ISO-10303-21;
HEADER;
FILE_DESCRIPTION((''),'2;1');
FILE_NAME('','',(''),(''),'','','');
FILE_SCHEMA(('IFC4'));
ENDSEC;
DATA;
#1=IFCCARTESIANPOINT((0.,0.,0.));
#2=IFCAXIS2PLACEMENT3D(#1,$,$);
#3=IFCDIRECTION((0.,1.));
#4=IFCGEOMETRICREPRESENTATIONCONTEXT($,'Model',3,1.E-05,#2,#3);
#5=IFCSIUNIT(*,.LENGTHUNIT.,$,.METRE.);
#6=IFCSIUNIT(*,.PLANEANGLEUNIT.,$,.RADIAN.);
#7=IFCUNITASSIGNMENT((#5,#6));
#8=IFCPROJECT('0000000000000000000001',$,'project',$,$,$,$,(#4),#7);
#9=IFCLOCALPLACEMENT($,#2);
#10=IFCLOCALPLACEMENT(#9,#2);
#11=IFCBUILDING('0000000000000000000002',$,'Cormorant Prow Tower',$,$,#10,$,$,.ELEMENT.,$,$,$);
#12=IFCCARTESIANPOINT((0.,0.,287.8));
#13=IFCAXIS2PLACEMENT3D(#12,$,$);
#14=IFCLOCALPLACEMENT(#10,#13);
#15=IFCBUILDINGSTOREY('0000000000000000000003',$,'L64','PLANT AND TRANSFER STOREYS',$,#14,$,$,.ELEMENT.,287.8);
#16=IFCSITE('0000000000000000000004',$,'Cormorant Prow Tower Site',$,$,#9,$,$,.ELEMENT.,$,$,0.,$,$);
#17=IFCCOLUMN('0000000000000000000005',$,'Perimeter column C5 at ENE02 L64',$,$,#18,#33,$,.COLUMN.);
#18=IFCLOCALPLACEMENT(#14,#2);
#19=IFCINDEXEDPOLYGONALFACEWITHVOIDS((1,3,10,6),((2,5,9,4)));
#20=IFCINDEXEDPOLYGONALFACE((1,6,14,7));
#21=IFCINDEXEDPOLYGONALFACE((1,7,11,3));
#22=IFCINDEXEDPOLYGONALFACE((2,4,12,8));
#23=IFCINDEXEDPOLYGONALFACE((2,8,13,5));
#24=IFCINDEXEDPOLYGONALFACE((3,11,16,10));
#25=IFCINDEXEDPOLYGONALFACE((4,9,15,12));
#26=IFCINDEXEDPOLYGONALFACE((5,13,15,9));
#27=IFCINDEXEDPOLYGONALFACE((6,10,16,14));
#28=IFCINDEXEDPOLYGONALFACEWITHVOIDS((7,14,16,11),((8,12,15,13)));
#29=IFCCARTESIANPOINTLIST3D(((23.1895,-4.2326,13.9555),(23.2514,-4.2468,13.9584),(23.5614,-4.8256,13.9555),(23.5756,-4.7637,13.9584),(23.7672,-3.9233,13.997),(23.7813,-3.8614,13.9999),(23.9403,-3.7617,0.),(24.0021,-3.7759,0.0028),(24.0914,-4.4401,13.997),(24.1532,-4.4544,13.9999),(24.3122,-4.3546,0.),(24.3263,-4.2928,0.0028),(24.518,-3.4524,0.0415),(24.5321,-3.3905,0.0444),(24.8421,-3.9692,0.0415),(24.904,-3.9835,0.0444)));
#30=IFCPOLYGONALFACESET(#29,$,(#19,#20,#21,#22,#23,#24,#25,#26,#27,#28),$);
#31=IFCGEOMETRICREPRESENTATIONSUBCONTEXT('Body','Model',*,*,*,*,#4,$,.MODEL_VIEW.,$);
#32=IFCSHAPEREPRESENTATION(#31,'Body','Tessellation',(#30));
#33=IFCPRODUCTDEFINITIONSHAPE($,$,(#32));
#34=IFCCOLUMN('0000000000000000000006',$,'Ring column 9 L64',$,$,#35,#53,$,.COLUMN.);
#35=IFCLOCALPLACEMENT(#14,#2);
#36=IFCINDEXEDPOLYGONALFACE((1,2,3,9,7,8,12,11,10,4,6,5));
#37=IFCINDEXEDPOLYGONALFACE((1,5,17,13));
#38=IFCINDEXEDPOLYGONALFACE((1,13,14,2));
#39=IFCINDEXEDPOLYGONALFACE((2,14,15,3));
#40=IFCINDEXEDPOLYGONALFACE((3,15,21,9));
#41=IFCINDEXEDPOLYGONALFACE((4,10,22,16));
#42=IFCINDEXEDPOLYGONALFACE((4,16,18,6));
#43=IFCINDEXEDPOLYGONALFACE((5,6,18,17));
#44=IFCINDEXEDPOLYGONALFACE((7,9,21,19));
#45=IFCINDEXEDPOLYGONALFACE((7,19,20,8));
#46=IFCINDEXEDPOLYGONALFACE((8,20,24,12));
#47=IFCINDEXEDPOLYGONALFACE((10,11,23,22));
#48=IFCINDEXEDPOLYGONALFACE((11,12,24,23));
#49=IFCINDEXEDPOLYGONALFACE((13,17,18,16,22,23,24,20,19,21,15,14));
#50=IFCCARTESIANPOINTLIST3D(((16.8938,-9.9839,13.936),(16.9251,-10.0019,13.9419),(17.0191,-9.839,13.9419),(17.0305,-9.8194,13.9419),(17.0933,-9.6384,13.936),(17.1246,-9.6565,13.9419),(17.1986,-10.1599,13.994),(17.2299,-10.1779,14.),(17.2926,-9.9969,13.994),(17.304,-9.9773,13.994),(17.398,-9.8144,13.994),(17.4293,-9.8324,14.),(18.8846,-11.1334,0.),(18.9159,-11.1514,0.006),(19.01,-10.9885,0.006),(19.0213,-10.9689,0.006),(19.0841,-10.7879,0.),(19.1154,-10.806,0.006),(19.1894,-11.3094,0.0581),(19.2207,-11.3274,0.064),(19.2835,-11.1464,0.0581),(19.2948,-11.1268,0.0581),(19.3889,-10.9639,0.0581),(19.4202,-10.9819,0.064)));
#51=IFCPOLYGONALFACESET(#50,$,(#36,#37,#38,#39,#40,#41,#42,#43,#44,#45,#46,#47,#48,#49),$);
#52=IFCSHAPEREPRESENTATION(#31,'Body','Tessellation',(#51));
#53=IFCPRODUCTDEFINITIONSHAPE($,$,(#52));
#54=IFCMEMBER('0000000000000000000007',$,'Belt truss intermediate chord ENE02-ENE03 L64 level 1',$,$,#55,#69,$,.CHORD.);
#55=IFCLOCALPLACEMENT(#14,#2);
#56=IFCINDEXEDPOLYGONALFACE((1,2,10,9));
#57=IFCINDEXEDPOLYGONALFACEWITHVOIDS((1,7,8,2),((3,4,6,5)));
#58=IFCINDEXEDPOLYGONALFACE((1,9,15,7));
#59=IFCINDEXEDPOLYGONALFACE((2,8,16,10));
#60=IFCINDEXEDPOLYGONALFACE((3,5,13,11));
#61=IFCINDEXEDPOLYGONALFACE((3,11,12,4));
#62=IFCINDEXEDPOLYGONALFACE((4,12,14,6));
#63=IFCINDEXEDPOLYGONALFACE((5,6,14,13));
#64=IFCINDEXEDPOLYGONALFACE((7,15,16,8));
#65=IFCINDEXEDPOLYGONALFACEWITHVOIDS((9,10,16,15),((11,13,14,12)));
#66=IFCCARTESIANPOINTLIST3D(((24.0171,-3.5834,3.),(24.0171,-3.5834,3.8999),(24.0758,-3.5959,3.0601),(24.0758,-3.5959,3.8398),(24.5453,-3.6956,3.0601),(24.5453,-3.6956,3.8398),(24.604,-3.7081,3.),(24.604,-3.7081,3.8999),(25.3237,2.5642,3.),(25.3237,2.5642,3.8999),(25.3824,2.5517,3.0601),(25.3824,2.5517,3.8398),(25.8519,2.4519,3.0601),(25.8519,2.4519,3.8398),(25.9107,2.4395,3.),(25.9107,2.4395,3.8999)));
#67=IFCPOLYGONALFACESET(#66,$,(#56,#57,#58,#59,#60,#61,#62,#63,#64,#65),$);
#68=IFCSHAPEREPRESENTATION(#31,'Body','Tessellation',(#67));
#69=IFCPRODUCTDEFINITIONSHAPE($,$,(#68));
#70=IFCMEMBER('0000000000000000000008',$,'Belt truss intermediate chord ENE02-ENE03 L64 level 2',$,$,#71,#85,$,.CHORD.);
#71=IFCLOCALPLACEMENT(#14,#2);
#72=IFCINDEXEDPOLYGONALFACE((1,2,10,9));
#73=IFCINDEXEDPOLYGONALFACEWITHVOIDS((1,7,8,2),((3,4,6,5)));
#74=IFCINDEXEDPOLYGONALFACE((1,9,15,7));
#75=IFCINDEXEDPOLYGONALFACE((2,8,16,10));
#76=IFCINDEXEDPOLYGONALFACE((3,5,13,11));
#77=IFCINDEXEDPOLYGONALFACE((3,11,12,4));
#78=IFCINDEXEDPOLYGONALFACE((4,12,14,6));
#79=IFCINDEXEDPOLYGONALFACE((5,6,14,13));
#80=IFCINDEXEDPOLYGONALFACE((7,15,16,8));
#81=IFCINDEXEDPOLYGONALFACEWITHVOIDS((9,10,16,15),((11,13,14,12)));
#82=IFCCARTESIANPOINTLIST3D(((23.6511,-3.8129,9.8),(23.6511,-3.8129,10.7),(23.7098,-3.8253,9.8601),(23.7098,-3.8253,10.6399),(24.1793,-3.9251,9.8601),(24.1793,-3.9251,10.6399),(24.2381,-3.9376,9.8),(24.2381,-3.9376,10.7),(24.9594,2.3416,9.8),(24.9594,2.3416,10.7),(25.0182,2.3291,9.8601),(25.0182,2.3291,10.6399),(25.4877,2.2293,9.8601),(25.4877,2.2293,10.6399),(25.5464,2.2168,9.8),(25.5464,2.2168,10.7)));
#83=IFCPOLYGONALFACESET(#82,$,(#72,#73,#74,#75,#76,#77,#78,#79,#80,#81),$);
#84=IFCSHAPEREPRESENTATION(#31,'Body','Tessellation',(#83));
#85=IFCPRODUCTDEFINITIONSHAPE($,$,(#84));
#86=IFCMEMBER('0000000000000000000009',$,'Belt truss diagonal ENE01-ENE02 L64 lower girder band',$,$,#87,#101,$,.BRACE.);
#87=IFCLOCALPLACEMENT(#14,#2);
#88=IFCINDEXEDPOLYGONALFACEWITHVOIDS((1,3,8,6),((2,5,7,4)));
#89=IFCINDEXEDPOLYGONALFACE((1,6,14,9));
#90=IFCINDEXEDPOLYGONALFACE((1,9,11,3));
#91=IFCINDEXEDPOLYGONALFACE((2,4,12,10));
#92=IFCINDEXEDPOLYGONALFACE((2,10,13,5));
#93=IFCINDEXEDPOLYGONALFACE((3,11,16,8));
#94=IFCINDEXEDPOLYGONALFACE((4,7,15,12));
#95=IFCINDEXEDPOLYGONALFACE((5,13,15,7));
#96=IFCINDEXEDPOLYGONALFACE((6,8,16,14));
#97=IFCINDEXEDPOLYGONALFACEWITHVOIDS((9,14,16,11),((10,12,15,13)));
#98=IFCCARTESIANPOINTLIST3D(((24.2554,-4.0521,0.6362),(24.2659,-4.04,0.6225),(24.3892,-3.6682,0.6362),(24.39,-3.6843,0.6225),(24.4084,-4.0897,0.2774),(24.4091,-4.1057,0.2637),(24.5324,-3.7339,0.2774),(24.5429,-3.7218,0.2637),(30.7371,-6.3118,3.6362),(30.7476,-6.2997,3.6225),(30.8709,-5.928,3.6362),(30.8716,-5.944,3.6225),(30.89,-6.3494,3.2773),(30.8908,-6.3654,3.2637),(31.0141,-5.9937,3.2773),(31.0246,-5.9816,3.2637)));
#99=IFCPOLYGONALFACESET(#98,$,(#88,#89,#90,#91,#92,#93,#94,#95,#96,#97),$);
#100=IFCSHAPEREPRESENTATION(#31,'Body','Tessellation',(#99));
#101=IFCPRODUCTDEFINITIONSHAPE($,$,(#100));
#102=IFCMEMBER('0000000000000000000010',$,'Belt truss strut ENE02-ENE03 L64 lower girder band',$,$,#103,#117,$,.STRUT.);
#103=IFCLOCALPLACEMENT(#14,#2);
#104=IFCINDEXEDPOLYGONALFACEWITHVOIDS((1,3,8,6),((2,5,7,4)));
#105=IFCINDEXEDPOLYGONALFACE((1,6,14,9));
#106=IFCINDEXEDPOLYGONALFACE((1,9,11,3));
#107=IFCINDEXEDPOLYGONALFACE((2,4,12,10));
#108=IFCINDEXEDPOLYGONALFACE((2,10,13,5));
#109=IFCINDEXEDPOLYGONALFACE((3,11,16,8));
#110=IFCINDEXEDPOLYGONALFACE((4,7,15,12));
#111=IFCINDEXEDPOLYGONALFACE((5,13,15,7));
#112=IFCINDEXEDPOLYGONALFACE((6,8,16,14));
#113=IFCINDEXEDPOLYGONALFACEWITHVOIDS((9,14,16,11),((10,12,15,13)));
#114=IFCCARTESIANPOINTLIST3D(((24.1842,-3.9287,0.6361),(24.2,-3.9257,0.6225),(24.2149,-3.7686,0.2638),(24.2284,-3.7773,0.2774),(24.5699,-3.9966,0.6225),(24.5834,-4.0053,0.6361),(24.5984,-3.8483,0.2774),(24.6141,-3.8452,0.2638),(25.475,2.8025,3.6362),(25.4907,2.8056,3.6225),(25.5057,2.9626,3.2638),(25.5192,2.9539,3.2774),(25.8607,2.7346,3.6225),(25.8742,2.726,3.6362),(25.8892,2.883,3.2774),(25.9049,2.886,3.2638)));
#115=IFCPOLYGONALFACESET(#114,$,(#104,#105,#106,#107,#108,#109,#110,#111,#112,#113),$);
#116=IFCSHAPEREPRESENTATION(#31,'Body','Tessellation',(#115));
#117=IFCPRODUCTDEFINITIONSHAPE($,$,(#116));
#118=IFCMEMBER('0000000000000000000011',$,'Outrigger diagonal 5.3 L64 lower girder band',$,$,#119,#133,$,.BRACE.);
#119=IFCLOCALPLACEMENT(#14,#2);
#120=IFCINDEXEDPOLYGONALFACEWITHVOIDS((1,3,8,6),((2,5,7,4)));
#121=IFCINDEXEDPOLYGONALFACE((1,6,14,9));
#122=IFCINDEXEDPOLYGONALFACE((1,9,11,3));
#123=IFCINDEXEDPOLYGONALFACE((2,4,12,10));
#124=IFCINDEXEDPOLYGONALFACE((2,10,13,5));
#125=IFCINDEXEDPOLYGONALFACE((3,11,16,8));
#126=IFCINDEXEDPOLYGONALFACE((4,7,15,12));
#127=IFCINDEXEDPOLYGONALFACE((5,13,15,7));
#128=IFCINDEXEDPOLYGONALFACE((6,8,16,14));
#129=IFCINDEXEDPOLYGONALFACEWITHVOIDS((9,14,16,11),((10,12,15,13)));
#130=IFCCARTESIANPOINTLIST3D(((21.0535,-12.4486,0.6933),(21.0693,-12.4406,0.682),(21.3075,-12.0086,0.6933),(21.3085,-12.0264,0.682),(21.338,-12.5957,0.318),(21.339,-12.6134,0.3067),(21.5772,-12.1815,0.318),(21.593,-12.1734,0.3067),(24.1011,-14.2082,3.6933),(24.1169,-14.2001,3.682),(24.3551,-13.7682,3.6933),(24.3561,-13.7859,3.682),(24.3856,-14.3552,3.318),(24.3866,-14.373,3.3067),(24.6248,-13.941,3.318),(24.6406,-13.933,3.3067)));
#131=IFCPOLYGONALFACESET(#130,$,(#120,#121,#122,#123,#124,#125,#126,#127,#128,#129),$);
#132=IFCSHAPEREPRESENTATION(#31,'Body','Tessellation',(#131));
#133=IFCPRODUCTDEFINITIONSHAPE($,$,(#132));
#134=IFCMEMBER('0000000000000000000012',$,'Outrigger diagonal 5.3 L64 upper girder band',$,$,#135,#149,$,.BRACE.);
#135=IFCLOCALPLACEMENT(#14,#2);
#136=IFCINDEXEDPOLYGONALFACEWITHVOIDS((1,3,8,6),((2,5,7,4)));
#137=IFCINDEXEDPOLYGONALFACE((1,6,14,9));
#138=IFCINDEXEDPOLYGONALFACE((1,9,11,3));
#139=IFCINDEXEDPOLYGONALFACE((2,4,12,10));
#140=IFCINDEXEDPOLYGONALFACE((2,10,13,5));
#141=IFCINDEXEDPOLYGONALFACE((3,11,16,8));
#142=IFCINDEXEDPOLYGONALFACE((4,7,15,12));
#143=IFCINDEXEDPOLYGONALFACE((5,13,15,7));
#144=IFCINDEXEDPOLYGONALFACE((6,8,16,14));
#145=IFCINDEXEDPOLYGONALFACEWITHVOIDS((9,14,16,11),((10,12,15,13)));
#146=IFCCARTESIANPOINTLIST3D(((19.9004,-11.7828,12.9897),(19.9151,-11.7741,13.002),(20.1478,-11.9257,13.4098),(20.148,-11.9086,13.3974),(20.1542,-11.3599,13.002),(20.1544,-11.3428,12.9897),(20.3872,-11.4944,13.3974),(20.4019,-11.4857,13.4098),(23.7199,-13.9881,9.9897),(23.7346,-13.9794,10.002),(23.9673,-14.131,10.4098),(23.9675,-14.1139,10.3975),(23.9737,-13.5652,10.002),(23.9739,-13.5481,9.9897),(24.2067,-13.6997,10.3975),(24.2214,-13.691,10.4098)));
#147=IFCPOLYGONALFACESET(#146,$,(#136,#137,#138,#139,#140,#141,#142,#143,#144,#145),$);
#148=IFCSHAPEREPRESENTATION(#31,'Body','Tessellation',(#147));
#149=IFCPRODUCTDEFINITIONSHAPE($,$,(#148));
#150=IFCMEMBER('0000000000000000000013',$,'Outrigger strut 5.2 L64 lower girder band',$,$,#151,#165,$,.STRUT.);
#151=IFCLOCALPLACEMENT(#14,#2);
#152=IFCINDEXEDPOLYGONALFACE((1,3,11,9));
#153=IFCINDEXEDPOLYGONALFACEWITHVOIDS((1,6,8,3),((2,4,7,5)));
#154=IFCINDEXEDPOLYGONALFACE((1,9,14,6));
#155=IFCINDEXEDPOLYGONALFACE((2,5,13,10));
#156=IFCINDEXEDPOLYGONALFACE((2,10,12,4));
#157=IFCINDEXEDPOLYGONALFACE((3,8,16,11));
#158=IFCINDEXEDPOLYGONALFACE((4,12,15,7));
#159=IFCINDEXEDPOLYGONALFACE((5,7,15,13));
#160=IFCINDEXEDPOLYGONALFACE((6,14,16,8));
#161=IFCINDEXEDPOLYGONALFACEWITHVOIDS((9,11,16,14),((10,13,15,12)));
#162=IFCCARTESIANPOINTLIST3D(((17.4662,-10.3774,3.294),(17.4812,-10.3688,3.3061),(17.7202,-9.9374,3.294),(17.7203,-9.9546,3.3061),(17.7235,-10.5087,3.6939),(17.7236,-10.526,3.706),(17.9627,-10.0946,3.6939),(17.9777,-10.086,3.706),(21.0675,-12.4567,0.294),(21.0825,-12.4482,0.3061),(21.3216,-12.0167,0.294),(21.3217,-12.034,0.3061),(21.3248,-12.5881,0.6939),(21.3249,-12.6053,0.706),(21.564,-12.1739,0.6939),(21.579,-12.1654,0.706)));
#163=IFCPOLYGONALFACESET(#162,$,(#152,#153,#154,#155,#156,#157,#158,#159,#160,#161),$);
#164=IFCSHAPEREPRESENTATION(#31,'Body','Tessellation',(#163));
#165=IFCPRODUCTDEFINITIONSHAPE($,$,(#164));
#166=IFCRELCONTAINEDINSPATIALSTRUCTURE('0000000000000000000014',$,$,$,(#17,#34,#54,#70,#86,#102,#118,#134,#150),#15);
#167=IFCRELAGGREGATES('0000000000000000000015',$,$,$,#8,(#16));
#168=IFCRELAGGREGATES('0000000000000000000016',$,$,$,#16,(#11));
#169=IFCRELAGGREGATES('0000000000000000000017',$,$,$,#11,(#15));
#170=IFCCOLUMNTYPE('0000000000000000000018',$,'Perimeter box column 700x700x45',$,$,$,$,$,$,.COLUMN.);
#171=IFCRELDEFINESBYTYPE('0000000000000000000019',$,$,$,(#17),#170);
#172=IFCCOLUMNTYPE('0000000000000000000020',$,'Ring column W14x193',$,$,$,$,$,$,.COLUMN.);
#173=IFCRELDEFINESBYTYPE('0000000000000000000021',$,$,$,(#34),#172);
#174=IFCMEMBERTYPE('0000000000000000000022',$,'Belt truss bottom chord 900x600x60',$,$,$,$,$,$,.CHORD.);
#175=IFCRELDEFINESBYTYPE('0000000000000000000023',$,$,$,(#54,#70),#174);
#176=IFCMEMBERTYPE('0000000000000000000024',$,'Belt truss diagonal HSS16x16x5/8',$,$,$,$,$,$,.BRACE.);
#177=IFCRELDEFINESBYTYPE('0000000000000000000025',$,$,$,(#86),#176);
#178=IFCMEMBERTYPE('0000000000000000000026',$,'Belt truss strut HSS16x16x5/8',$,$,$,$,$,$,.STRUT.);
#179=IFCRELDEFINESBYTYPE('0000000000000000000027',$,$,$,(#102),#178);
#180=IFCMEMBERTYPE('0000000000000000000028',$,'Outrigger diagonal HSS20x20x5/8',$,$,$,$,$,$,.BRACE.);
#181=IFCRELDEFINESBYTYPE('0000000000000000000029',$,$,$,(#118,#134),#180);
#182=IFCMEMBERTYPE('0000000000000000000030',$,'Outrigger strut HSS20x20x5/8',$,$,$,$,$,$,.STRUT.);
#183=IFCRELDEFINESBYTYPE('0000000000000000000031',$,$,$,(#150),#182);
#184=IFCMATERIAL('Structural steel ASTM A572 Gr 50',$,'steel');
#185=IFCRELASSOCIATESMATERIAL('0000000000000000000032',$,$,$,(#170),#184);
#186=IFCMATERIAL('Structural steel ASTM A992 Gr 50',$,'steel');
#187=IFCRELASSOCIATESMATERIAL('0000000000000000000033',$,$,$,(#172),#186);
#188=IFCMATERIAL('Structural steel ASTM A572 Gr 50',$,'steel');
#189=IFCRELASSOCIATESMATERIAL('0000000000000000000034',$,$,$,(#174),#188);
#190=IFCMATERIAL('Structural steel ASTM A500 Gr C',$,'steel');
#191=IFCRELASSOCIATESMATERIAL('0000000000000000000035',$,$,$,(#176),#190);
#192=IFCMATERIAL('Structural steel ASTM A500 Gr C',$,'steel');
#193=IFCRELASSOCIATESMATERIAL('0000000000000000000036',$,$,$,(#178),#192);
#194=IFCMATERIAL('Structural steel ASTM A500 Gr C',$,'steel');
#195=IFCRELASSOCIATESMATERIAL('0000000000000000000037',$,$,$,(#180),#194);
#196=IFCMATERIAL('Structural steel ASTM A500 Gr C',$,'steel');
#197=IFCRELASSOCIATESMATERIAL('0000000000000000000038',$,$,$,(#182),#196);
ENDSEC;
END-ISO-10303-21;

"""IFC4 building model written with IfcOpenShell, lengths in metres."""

from ifc_helpers import new_model, si_unit, direction, frame, origin, origin_2d, place, context, subcontext, project, spatial, hollow_rectangle, i_section, extrude, material, material_profile, profile_set, type_object, element, save


model = new_model("IFC4")

# Units and contexts
model_context = context("Model", 3, precision=1e-05, world=origin(), true_north=direction((0.0, 1.0)))
body_context = subcontext(model_context, "Body", "Model", "MODEL_VIEW")
ifc_project = project(units=[si_unit("LENGTHUNIT", "METRE"), si_unit("PLANEANGLEUNIT", "RADIAN")], contexts=[model_context])

# Site, building, storey
site_placement = place(None, origin())
site = spatial("IfcSite", under=ifc_project, at=site_placement, Name="Cormorant Prow Tower Site", CompositionType="ELEMENT", RefElevation=0.0)
building_placement = place(site_placement, origin())
building = spatial("IfcBuilding", under=site, at=building_placement, Name="Cormorant Prow Tower", CompositionType="ELEMENT")
storey_placement = place(building_placement, frame((0.0, 0.0, 287.8)))
storey = spatial("IfcBuildingStorey", under=building, at=storey_placement, Name="L64", Description="PLANT AND TRANSFER STOREYS", CompositionType="ELEMENT", Elevation=287.8)

# Columns
ifc_material_1 = material(Name="Structural steel ASTM A572 Gr 50", Category="steel")
ifc_material_profile_1 = material_profile(ifc_material_1, hollow_rectangle(XDim=0.7, YDim=0.7, WallThickness=0.0449, at=origin_2d()), Name="Box 700x700x45")
ifc_profile_set_1 = profile_set([ifc_material_profile_1], Name="Structural steel ASTM A572 Gr 50")
column_type_1 = type_object("IfcColumnType", Name="Perimeter box column 700x700x45", PredefinedType="COLUMN", material=ifc_profile_set_1)
column_1_placement = place(storey_placement, frame((24.4233, -3.8718, 0.0), z_axis=(-0.05369, -0.033676, 0.99799), x_axis=(0.531356, -0.847149, 0.0)))
element("IfcColumn", 1, at=column_1_placement, inside=storey, type_object=column_type_1, Name="Perimeter column C5 at ENE02 L64", PredefinedType="COLUMN", context=body_context, shape_type="SweptSolid", body=[
    extrude(hollow_rectangle(XDim=0.7, YDim=0.7, WallThickness=0.0449, at=origin_2d()), frame((0.0, 0.0, 0.0222)), (0.0, 0.0, 1.0), 13.9836),
])
ifc_material_2 = material(Name="Structural steel ASTM A992 Gr 50", Category="steel")
ifc_material_profile_2 = material_profile(ifc_material_2, i_section(OverallWidth=0.3989, OverallDepth=0.3933, WebThickness=0.0227, FlangeThickness=0.0366, at=origin_2d()), Name="W14x193")
ifc_profile_set_2 = profile_set([ifc_material_profile_2], Name="Structural steel ASTM A992 Gr 50")
column_type_2 = type_object("IfcColumnType", Name="Ring column W14x193", PredefinedType="COLUMN", material=ifc_profile_set_2)
column_2_placement = place(storey_placement, frame((19.157, -11.0603, 0.0), z_axis=(-0.140952, 0.081385, 0.986666), x_axis=(-0.500027, -0.86601, 0.0)))
element("IfcColumn", 2, at=column_2_placement, inside=storey, type_object=column_type_2, Name="Ring column 9 L64", PredefinedType="COLUMN", context=body_context, shape_type="SweptSolid", body=[
    extrude(i_section(OverallWidth=0.3989, OverallDepth=0.3933, WebThickness=0.0227, FlangeThickness=0.0366, at=origin_2d()), frame((0.0, 0.0, 0.0325)), (0.0, 0.0, 1.0), 14.1243),
])

# Members
ifc_material_3 = material(Name="Structural steel ASTM A572 Gr 50", Category="steel")
ifc_material_profile_3 = material_profile(ifc_material_3, hollow_rectangle(XDim=0.6001, YDim=0.8999, WallThickness=0.0601, at=origin_2d()), Name="Box 900x600x60")
ifc_profile_set_3 = profile_set([ifc_material_profile_3], Name="Structural steel ASTM A572 Gr 50")
member_type_1 = type_object("IfcMemberType", Name="Belt truss bottom chord 900x600x60", PredefinedType="CHORD", material=ifc_profile_set_3)
member_1_placement = place(storey_placement, frame((24.3105, -3.6458, 3.45), z_axis=(0.207897, 0.978151, 0.0), x_axis=(-0.978151, 0.207897, 0.0)))
element("IfcMember", 3, at=member_1_placement, inside=storey, type_object=member_type_1, Name="Belt truss intermediate chord ENE02-ENE03 L64 level 1", PredefinedType="CHORD", context=body_context, shape_type="SweptSolid", body=[
    extrude(hollow_rectangle(XDim=0.6001, YDim=0.8999, WallThickness=0.0601, at=origin_2d()), origin(), (0.0, 0.0, 1.0), 6.2849),
])
member_2_placement = place(storey_placement, frame((23.9446, -3.8752, 10.25), z_axis=(0.207936, 0.978142, 0.0), x_axis=(-0.978142, 0.207936, 0.0)))
element("IfcMember", 4, at=member_2_placement, inside=storey, type_object=member_type_1, Name="Belt truss intermediate chord ENE02-ENE03 L64 level 2", PredefinedType="CHORD", context=body_context, shape_type="SweptSolid", body=[
    extrude(hollow_rectangle(XDim=0.6001, YDim=0.8999, WallThickness=0.0601, at=origin_2d()), origin(), (0.0, 0.0, 1.0), 6.292),
])
ifc_material_4 = material(Name="Structural steel ASTM A500 Gr C", Category="steel")
ifc_material_profile_4 = material_profile(ifc_material_4, hollow_rectangle(XDim=0.4065, YDim=0.4065, WallThickness=0.0149, at=origin_2d()), Name="HSS16x16x5/8")
ifc_profile_set_4 = profile_set([ifc_material_profile_4], Name="Structural steel ASTM A500 Gr C")
member_type_2 = type_object("IfcMemberType", Name="Belt truss diagonal HSS16x16x5/8", PredefinedType="BRACE", material=ifc_profile_set_4)
member_3_placement = place(storey_placement, frame((24.3992, -3.887, 0.45), z_axis=(0.865235, -0.301654, 0.400467), x_axis=(0.329205, 0.944259, 0.0)))
element("IfcMember", 5, at=member_3_placement, inside=storey, type_object=member_type_2, Name="Belt truss diagonal ENE01-ENE02 L64 lower girder band", PredefinedType="BRACE", context=body_context, shape_type="SweptSolid", body=[
    extrude(hollow_rectangle(XDim=0.4065, YDim=0.4065, WallThickness=0.0149, at=origin_2d()), origin(), (0.0, 0.0, 1.0), 7.4912),
])
ifc_material_5 = material(Name="Structural steel ASTM A500 Gr C", Category="steel")
ifc_material_profile_5 = material_profile(ifc_material_5, hollow_rectangle(XDim=0.4065, YDim=0.4065, WallThickness=0.0149, at=origin_2d()), Name="HSS16x16x5/8")
ifc_profile_set_5 = profile_set([ifc_material_profile_5], Name="Structural steel ASTM A500 Gr C")
member_type_3 = type_object("IfcMemberType", Name="Belt truss strut HSS16x16x5/8", PredefinedType="STRUT", material=ifc_profile_set_5)
member_4_placement = place(storey_placement, frame((24.3992, -3.887, 0.45), z_axis=(0.172525, 0.899694, 0.400981), x_axis=(-0.982106, 0.188328, 0.0)))
element("IfcMember", 6, at=member_4_placement, inside=storey, type_object=member_type_3, Name="Belt truss strut ENE02-ENE03 L64 lower girder band", PredefinedType="STRUT", context=body_context, shape_type="SweptSolid", body=[
    extrude(hollow_rectangle(XDim=0.4065, YDim=0.4065, WallThickness=0.0149, at=origin_2d()), origin(), (0.0, 0.0, 1.0), 7.4817),
])
ifc_material_6 = material(Name="Structural steel ASTM A500 Gr C", Category="steel")
ifc_material_profile_6 = material_profile(ifc_material_6, hollow_rectangle(XDim=0.5081, YDim=0.5081, WallThickness=0.0149, at=origin_2d()), Name="HSS20x20x5/8")
ifc_profile_set_6 = profile_set([ifc_material_profile_6], Name="Structural steel ASTM A500 Gr C")
member_type_4 = type_object("IfcMemberType", Name="Outrigger diagonal HSS20x20x5/8", PredefinedType="BRACE", material=ifc_profile_set_6)
member_5_placement = place(storey_placement, frame((21.3232, -12.311, 0.5), z_axis=(0.659047, -0.380498, 0.648752), x_axis=(0.499997, 0.866027, 0.0)))
element("IfcMember", 7, at=member_5_placement, inside=storey, type_object=member_type_4, Name="Outrigger diagonal 5.3 L64 lower girder band", PredefinedType="BRACE", context=body_context, shape_type="SweptSolid", body=[
    extrude(hollow_rectangle(XDim=0.5081, YDim=0.5081, WallThickness=0.0149, at=origin_2d()), origin(), (0.0, 0.0, 1.0), 4.6243),
])
member_6_placement = place(storey_placement, frame((20.1511, -11.6343, 13.1997), z_axis=(0.716068, -0.413438, -0.562419), x_axis=(0.500015, 0.866017, 0.0)))
element("IfcMember", 8, at=member_6_placement, inside=storey, type_object=member_type_4, Name="Outrigger diagonal 5.3 L64 upper girder band", PredefinedType="BRACE", context=body_context, shape_type="SweptSolid", body=[
    extrude(hollow_rectangle(XDim=0.5081, YDim=0.5081, WallThickness=0.0149, at=origin_2d()), origin(), (0.0, 0.0, 1.0), 5.334),
])
ifc_material_7 = material(Name="Structural steel ASTM A500 Gr C", Category="steel")
ifc_material_profile_7 = material_profile(ifc_material_7, hollow_rectangle(XDim=0.5081, YDim=0.5081, WallThickness=0.0149, at=origin_2d()), Name="HSS20x20x5/8")
ifc_profile_set_7 = profile_set([ifc_material_profile_7], Name="Structural steel ASTM A500 Gr C")
member_type_5 = type_object("IfcMemberType", Name="Outrigger strut HSS20x20x5/8", PredefinedType="STRUT", material=ifc_profile_set_7)
member_7_placement = place(storey_placement, frame((17.7219, -10.2317, 3.5), z_axis=(0.702328, -0.405513, -0.585059), x_axis=(0.500022, 0.866013, 0.0)))
element("IfcMember", 9, at=member_7_placement, inside=storey, type_object=member_type_5, Name="Outrigger strut 5.2 L64 lower girder band", PredefinedType="STRUT", context=body_context, shape_type="SweptSolid", body=[
    extrude(hollow_rectangle(XDim=0.5081, YDim=0.5081, WallThickness=0.0149, at=origin_2d()), origin(), (0.0, 0.0, 1.0), 5.1277),
])

save(model, "model.ifc")
